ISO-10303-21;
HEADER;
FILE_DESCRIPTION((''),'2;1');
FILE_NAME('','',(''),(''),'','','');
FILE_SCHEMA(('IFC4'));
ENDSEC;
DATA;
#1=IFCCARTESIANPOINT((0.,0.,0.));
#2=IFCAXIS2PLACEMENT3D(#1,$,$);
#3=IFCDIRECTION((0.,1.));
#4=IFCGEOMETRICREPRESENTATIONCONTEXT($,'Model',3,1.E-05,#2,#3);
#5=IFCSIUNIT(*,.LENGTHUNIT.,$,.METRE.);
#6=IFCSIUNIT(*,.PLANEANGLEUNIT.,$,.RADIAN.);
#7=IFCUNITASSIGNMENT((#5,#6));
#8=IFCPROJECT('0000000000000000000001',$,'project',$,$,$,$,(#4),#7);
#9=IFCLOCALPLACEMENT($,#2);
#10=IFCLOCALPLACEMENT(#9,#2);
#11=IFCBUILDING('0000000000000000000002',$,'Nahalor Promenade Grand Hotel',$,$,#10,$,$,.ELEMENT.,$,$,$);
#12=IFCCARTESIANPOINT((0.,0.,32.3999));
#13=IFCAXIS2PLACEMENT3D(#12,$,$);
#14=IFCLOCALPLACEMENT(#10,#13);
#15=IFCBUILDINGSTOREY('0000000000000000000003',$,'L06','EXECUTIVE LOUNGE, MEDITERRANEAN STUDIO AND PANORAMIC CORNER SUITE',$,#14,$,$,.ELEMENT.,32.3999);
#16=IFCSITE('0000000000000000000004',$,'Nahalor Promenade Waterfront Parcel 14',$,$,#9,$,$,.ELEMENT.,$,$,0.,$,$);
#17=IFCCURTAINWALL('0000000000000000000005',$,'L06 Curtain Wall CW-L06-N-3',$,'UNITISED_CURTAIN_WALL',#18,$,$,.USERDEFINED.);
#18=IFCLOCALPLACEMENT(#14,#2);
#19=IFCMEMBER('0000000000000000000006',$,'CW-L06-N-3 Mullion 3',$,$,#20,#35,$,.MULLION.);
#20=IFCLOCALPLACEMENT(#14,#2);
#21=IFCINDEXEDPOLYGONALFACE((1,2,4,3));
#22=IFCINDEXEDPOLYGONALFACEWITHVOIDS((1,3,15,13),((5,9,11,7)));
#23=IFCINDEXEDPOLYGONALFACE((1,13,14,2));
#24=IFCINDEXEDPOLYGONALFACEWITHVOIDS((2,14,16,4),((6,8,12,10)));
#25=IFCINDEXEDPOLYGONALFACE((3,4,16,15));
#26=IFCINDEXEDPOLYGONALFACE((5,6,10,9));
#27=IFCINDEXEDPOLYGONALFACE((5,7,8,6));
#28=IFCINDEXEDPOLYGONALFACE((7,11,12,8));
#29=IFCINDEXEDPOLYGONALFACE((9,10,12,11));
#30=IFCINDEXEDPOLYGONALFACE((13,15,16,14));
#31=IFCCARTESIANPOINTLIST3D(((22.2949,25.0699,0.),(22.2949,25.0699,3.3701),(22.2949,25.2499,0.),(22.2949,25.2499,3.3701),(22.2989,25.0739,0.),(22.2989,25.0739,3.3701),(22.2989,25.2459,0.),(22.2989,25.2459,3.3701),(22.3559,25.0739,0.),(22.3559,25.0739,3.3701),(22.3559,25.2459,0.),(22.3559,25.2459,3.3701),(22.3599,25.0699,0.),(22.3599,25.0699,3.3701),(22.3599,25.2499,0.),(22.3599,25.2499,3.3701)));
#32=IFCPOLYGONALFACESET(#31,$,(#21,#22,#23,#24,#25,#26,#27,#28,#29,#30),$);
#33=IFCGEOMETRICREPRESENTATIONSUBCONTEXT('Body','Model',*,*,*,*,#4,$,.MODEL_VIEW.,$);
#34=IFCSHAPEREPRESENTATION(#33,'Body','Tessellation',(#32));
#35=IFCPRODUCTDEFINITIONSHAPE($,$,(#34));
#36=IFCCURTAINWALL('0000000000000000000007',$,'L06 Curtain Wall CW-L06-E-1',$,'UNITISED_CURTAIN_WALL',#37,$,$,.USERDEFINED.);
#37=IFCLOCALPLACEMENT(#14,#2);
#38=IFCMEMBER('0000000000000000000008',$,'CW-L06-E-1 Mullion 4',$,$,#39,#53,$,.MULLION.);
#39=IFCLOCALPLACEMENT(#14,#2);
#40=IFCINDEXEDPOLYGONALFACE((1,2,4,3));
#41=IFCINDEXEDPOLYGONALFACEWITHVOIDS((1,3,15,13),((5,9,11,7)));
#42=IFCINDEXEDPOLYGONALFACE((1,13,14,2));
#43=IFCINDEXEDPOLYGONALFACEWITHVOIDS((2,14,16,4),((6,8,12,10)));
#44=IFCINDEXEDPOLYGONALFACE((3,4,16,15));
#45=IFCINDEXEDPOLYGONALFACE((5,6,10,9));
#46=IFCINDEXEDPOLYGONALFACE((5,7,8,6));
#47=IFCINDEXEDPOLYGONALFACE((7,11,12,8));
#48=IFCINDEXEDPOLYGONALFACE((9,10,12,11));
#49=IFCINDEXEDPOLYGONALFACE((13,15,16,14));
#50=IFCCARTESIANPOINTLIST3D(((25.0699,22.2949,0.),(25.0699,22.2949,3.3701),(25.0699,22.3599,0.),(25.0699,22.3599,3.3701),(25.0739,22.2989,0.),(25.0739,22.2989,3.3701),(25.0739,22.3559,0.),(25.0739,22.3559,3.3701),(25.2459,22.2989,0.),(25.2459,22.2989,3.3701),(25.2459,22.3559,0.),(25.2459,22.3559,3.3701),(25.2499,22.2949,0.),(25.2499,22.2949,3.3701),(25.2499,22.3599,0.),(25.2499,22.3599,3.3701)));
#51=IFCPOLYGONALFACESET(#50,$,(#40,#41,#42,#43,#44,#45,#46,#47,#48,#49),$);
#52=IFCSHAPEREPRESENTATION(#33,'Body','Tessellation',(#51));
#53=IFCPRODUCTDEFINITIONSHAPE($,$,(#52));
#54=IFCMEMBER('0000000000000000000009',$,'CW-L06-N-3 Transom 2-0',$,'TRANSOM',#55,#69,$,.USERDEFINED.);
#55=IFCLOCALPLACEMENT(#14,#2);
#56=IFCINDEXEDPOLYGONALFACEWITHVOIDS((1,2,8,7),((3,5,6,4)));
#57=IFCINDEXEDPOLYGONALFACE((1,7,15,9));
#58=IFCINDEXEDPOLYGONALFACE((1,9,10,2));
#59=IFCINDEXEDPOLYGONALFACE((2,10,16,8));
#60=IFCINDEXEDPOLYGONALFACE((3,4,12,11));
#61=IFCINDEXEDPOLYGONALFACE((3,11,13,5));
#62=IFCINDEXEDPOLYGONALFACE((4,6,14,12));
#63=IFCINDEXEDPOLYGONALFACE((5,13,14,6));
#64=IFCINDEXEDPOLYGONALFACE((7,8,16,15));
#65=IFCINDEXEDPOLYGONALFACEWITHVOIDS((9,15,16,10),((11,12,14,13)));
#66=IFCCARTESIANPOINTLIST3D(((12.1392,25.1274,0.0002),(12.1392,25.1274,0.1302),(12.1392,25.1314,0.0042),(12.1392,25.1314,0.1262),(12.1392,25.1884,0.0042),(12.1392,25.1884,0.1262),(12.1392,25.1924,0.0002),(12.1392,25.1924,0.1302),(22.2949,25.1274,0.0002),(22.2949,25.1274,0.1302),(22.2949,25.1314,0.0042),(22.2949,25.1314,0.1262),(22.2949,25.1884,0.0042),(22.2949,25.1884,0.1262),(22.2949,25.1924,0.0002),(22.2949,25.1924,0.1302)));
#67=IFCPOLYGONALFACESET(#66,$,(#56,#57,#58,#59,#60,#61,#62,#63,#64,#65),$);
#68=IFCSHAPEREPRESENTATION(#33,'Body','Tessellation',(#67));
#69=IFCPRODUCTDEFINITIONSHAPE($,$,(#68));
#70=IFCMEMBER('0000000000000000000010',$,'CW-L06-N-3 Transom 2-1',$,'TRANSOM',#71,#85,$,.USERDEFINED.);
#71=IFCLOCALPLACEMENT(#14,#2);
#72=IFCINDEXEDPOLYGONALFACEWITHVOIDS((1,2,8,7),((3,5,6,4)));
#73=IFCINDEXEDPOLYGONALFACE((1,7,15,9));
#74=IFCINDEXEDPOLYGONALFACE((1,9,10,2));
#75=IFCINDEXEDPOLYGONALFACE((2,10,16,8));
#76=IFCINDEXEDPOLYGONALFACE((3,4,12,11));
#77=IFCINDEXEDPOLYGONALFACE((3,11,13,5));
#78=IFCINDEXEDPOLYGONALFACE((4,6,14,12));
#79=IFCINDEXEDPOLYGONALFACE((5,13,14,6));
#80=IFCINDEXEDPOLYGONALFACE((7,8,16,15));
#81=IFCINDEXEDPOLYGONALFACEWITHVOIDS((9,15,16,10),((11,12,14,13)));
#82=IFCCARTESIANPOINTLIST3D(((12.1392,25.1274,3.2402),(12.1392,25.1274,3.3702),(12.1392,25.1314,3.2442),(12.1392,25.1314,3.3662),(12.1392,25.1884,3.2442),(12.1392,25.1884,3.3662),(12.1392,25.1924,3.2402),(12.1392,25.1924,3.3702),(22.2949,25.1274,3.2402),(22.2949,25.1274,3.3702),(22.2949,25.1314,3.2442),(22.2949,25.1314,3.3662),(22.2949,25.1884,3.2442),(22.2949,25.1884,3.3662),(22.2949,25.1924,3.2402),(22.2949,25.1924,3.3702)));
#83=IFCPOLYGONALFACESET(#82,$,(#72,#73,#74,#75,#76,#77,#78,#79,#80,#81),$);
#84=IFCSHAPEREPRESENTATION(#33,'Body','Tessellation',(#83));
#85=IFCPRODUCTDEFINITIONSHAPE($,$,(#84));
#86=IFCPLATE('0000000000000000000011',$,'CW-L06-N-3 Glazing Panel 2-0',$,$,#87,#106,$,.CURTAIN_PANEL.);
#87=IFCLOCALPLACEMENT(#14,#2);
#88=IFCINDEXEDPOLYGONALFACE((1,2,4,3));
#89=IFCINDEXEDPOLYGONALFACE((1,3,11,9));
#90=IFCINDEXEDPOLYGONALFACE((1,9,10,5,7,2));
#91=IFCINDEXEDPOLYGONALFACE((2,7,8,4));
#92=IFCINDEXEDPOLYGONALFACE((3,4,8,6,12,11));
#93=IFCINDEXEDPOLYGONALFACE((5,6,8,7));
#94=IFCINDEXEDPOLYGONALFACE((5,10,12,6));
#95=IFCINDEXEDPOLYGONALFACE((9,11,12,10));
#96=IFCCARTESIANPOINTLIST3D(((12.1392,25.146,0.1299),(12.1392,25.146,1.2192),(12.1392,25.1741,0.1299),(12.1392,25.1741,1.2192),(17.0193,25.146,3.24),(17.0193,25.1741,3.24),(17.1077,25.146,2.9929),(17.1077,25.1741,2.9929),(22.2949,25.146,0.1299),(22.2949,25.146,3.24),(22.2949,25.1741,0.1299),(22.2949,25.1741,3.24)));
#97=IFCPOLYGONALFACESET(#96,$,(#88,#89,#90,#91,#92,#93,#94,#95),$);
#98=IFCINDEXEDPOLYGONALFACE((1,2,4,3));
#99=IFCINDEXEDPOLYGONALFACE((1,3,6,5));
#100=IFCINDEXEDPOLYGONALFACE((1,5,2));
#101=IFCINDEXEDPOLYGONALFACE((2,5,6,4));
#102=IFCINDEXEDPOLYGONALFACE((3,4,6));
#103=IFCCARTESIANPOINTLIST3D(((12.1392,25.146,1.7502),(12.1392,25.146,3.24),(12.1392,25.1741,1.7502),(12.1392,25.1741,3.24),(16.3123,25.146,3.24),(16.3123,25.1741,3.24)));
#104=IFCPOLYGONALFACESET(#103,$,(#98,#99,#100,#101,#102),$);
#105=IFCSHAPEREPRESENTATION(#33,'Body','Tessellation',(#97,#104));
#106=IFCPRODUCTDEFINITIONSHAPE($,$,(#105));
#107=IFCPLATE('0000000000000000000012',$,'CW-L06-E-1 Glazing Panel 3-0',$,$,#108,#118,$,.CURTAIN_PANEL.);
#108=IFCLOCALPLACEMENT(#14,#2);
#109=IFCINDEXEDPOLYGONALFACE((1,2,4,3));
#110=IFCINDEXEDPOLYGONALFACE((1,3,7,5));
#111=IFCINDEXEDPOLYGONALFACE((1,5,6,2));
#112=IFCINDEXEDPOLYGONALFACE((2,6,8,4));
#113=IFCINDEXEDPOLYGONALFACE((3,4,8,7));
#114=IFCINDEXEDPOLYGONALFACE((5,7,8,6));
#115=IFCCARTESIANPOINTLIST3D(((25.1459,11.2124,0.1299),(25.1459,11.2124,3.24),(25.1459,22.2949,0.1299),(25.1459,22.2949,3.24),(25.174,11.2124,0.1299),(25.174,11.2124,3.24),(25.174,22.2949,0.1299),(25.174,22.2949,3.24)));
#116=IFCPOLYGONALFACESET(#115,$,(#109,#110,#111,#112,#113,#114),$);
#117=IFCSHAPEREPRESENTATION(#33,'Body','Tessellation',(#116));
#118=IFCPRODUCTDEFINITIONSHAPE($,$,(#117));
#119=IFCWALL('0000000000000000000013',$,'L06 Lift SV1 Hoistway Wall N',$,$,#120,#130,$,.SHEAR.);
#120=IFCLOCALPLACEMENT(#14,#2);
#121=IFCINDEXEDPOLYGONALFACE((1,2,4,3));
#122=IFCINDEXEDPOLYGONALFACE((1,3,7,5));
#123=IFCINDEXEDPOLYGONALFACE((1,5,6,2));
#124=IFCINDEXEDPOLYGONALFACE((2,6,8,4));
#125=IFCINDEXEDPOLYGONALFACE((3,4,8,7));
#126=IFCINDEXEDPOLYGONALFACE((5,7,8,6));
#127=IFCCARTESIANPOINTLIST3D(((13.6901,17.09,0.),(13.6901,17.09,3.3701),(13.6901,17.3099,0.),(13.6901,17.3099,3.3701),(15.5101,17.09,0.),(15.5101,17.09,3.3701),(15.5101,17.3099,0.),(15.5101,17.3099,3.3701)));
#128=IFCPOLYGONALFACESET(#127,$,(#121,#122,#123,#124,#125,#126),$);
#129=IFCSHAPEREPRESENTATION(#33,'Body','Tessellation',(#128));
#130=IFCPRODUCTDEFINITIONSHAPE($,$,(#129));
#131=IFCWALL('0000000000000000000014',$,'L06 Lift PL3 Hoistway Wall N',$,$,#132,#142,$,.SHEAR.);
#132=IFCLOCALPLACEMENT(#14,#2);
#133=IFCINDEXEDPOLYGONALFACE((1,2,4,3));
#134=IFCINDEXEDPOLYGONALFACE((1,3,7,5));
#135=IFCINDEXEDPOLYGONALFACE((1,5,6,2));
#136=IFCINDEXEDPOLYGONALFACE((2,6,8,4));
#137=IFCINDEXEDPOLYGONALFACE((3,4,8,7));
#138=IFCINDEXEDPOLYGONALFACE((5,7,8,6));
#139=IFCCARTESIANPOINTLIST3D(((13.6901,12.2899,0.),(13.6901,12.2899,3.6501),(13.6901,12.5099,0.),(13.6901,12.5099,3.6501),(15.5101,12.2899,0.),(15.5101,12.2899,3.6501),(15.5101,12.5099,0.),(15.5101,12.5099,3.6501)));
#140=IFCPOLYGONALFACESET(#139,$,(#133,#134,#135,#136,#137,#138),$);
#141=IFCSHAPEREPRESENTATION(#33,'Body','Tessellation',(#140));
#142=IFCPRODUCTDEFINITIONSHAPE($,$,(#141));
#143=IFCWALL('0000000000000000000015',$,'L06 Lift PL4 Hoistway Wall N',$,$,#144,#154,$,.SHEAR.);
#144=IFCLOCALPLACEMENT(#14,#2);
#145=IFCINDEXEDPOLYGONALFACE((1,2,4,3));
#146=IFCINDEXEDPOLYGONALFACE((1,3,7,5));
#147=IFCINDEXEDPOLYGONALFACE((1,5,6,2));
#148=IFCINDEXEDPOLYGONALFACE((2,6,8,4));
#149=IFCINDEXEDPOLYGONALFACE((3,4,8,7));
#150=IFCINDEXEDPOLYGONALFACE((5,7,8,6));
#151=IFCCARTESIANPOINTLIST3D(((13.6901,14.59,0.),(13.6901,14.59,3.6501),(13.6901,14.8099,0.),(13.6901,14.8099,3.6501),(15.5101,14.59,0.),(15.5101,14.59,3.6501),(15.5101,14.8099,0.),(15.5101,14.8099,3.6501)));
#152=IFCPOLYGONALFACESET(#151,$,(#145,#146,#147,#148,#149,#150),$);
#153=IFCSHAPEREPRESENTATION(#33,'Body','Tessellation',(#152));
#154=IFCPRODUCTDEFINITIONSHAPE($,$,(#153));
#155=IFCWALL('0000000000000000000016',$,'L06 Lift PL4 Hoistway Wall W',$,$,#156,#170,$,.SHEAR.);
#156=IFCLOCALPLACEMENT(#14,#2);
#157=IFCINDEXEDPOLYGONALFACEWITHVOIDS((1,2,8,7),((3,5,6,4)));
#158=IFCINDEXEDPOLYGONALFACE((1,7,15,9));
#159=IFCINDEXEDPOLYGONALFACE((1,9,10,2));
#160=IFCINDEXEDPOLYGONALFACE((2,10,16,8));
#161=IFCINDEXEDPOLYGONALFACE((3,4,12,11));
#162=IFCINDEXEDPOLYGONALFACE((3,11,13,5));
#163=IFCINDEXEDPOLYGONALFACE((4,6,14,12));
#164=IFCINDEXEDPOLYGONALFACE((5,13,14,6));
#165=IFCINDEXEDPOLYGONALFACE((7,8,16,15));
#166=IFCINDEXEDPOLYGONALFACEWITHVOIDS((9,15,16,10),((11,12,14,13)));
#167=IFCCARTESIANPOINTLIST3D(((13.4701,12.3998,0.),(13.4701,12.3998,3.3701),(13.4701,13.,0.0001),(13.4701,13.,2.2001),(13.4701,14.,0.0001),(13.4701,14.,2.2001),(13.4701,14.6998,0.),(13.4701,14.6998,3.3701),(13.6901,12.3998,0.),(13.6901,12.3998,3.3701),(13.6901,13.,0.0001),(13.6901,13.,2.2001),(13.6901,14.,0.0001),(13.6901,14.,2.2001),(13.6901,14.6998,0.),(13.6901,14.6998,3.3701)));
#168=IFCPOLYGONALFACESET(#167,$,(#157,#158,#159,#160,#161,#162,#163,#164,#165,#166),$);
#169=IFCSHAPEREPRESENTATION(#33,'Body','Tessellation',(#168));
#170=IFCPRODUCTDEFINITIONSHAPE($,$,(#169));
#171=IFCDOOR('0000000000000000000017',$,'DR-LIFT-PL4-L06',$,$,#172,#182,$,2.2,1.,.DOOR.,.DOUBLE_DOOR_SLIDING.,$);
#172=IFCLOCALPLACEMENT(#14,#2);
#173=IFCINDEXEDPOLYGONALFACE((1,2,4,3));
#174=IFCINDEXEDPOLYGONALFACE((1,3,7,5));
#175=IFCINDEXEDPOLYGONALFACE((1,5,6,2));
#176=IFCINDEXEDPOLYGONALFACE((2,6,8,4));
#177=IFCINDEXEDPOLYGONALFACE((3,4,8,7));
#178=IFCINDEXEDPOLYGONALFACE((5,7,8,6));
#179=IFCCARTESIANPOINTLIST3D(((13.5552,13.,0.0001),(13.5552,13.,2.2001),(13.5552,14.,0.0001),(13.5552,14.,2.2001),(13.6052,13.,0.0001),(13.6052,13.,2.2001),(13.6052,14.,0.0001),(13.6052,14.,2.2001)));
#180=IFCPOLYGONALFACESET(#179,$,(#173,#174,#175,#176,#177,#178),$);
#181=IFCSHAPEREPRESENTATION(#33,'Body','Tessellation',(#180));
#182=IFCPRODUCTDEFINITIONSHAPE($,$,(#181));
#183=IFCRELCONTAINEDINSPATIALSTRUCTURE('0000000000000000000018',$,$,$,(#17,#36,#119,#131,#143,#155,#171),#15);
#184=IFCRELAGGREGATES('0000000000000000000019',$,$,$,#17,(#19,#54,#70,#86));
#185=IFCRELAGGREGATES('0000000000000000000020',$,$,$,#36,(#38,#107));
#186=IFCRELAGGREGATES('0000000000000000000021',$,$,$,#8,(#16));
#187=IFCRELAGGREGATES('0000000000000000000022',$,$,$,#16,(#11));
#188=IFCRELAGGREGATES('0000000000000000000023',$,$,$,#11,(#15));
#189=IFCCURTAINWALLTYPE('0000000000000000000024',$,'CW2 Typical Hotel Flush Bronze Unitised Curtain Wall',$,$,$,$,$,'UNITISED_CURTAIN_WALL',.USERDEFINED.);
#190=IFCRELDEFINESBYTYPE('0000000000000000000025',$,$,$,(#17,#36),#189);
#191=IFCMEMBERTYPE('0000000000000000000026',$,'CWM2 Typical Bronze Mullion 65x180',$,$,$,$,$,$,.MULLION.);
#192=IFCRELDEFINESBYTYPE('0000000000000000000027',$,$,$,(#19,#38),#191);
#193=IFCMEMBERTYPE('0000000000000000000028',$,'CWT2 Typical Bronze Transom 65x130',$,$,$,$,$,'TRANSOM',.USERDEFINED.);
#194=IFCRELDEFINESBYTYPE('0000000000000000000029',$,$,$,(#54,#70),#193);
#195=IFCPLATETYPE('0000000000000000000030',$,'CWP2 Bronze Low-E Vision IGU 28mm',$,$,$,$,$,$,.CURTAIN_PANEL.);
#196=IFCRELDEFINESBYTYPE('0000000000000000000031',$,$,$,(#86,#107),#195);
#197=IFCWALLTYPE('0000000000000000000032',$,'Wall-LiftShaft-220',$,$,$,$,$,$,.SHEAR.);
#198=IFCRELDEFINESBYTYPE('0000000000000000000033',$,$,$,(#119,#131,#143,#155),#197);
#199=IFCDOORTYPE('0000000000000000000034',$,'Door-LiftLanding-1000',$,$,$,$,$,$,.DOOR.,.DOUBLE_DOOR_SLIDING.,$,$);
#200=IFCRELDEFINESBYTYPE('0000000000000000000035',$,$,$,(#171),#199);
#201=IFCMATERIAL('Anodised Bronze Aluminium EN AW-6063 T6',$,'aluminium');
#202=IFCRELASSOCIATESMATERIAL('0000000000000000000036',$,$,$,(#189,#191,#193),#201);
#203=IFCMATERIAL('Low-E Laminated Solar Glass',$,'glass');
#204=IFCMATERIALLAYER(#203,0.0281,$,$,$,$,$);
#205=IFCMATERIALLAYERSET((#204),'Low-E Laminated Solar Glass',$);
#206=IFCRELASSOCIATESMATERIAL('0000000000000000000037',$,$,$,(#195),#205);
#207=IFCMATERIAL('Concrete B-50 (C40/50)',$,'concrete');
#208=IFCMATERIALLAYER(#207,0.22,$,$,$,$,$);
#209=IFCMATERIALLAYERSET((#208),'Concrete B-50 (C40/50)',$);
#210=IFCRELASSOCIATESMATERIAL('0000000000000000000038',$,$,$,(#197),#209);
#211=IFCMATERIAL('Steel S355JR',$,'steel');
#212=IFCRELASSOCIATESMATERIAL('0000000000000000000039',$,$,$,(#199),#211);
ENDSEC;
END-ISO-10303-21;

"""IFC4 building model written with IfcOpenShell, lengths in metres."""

from ifc_helpers import new_model, si_unit, direction, frame, frame_2d, origin, origin_2d, place, context, subcontext, project, spatial, polyline, rectangle, hollow_rectangle, outline, extrude, source, transform, mapped, material, layer, layer_set, material_profile, profile_set, type_object, element, fill, aggregate, save


model = new_model("IFC4")

# Units and contexts
model_context = context("Model", 3, precision=1e-05, world=origin(), true_north=direction((0.0, 1.0)))
body_context = subcontext(model_context, "Body", "Model", "MODEL_VIEW")
ifc_project = project(units=[si_unit("LENGTHUNIT", "METRE"), si_unit("PLANEANGLEUNIT", "RADIAN")], contexts=[model_context])

# Site, building, storey
site_placement = place(None, origin())
site = spatial("IfcSite", under=ifc_project, at=site_placement, Name="Nahalor Promenade Waterfront Parcel 14", CompositionType="ELEMENT", RefElevation=0.0)
building_placement = place(site_placement, origin())
building = spatial("IfcBuilding", under=site, at=building_placement, Name="Nahalor Promenade Grand Hotel", CompositionType="ELEMENT")
storey_placement = place(building_placement, frame((0.0, 0.0, 32.3999)))
storey = spatial("IfcBuildingStorey", under=building, at=storey_placement, Name="L06", Description="EXECUTIVE LOUNGE, MEDITERRANEAN STUDIO AND PANORAMIC CORNER SUITE", CompositionType="ELEMENT", Elevation=32.3999)

# Shared definitions
ifc_material_1 = material(Name="Steel S355JR", Category="steel")

# Curtain wall, member
ifc_material_2 = material(Name="Anodised Bronze Aluminium EN AW-6063 T6", Category="aluminium")
curtain_wall_type = type_object("IfcCurtainWallType", Name="CW2 Typical Hotel Flush Bronze Unitised Curtain Wall", ElementType="UNITISED_CURTAIN_WALL", PredefinedType="USERDEFINED", material=ifc_material_2)
curtain_wall_1_placement = place(storey_placement, origin())
curtain_wall_1 = element("IfcCurtainWall", 1, at=curtain_wall_1_placement, inside=storey, type_object=curtain_wall_type, Name="L06 Curtain Wall CW-L06-N-3", ObjectType="UNITISED_CURTAIN_WALL", PredefinedType="USERDEFINED")
ifc_material_profile_1 = material_profile(ifc_material_2, hollow_rectangle(XDim=0.065, YDim=0.18, WallThickness=0.004, at=origin_2d()), Name="CWM 65x180x4")
ifc_profile_set_1 = profile_set([ifc_material_profile_1], Name="Anodised Bronze Aluminium EN AW-6063 T6")
member_type_1 = type_object("IfcMemberType", Name="CWM2 Typical Bronze Mullion 65x180", PredefinedType="MULLION", material=ifc_profile_set_1)
shared_shape_1 = source(origin(), body_context, "Body", "SweptSolid", [
    extrude(hollow_rectangle(XDim=0.065, YDim=0.18, WallThickness=0.004, at=origin_2d()), origin(), (0.0, 0.0, 1.0), 3.3701),
])
member_1_placement = place(storey_placement, frame((22.3274, 25.1599, 0.0), z_axis=(0.0, 0.0, 1.0), x_axis=(1.0, 0.0, 0.0)))
member_1 = element("IfcMember", 2, at=member_1_placement, type_object=member_type_1, Name="CW-L06-N-3 Mullion 3", PredefinedType="MULLION", context=body_context, shape_type="MappedRepresentation", body=[
    mapped(shared_shape_1, transform((0.0, 0.0, 0.0), scale=1.0)),
])

# Curtain wall, member
curtain_wall_2_placement = place(storey_placement, origin())
curtain_wall_2 = element("IfcCurtainWall", 3, at=curtain_wall_2_placement, inside=storey, type_object=curtain_wall_type, Name="L06 Curtain Wall CW-L06-E-1", ObjectType="UNITISED_CURTAIN_WALL", PredefinedType="USERDEFINED")
member_2_placement = place(storey_placement, frame((25.1599, 22.3274, 0.0), z_axis=(0.0, 0.0, 1.0), x_axis=(0.0, 1.0, 0.0)))
member_2 = element("IfcMember", 4, at=member_2_placement, type_object=member_type_1, Name="CW-L06-E-1 Mullion 4", PredefinedType="MULLION", context=body_context, shape_type="MappedRepresentation", body=[
    mapped(shared_shape_1, transform((0.0, 0.0, 0.0), scale=1.0)),
])

# Members
ifc_material_profile_2 = material_profile(ifc_material_2, hollow_rectangle(XDim=0.065, YDim=0.13, WallThickness=0.004, at=origin_2d()), Name="CWT 65x130x4")
ifc_profile_set_2 = profile_set([ifc_material_profile_2], Name="Anodised Bronze Aluminium EN AW-6063 T6")
member_type_2 = type_object("IfcMemberType", Name="CWT2 Typical Bronze Transom 65x130", ElementType="TRANSOM", PredefinedType="USERDEFINED", material=ifc_profile_set_2)
shared_shape_2 = source(origin(), body_context, "Body", "SweptSolid", [
    extrude(hollow_rectangle(XDim=0.065, YDim=0.13, WallThickness=0.004, at=origin_2d()), origin(), (0.0, 0.0, 1.0), 10.1558),
])
member_3_placement = place(storey_placement, frame((12.1392, 25.1599, 0.0652), z_axis=(1.0, 0.0, 0.0), x_axis=(0.0, 1.0, 0.0)))
member_3 = element("IfcMember", 5, at=member_3_placement, type_object=member_type_2, Name="CW-L06-N-3 Transom 2-0", ObjectType="TRANSOM", PredefinedType="USERDEFINED", context=body_context, shape_type="MappedRepresentation", body=[
    mapped(shared_shape_2, transform((0.0, 0.0, 0.0), scale=1.0)),
])
member_4_placement = place(storey_placement, frame((12.1392, 25.1599, 3.3052), z_axis=(1.0, 0.0, 0.0), x_axis=(0.0, 1.0, 0.0)))
member_4 = element("IfcMember", 6, at=member_4_placement, type_object=member_type_2, Name="CW-L06-N-3 Transom 2-1", ObjectType="TRANSOM", PredefinedType="USERDEFINED", context=body_context, shape_type="MappedRepresentation", body=[
    mapped(shared_shape_2, transform((0.0, 0.0, 0.0), scale=1.0)),
])

# Plates
ifc_material_3 = material(Name="Low-E Laminated Solar Glass", Category="glass")
ifc_layer_1 = layer(ifc_material_3, 0.0281)
ifc_layer_set_1 = layer_set([ifc_layer_1], Name="Low-E Laminated Solar Glass")
plate_type = type_object("IfcPlateType", Name="CWP2 Bronze Low-E Vision IGU 28mm", PredefinedType="CURTAIN_PANEL", material=ifc_layer_set_1)
plate_1_placement = place(storey_placement, frame((17.217, 25.1599, 0.1299), z_axis=(0.0, 0.0, 1.0), x_axis=(1.0, 0.0, 0.0)))
plate_1 = element("IfcPlate", 7, at=plate_1_placement, type_object=plate_type, Name="CW-L06-N-3 Glazing Panel 2-0", PredefinedType="CURTAIN_PANEL", context=body_context, shape_type="SweptSolid", body=[
    extrude(outline(polyline([(5.0779, 0.0), (5.0779, 3.1101), (-0.1978, 3.1101), (-0.1094, 2.863), (-5.0779, 1.0894), (-5.0779, 0.0), (5.0779, 0.0)])), frame((0.0, 0.0142, 0.0), z_axis=(0.0, -1.0, 0.0), x_axis=(1.0, 0.0, 0.0)), (0.0, 0.0, 1.0), 0.0281),
    extrude(outline(polyline([(-0.9048, 3.1101), (-5.0779, 3.1101), (-5.0779, 1.6204), (-0.9048, 3.1101)])), frame((0.0, 0.0142, 0.0), z_axis=(0.0, -1.0, 0.0), x_axis=(1.0, 0.0, 0.0)), (0.0, 0.0, 1.0), 0.0281),
])
aggregate(curtain_wall_1, [member_1, member_3, member_4, plate_1])
shared_shape_3 = source(origin(), body_context, "Body", "SweptSolid", [
    extrude(rectangle(XDim=11.0825, YDim=0.0281, at=origin_2d()), origin(), (0.0, 0.0, 1.0), 3.1101),
])
plate_2_placement = place(storey_placement, frame((25.1599, 16.7537, 0.1299), z_axis=(0.0, 0.0, 1.0), x_axis=(0.0, 1.0, 0.0)))
plate_2 = element("IfcPlate", 8, at=plate_2_placement, type_object=plate_type, Name="CW-L06-E-1 Glazing Panel 3-0", PredefinedType="CURTAIN_PANEL", context=body_context, shape_type="MappedRepresentation", body=[
    mapped(shared_shape_3, transform((0.0, 0.0, 0.0), scale=1.0)),
])
aggregate(curtain_wall_2, [member_2, plate_2])

# Walls
ifc_material_4 = material(Name="Concrete B-50 (C40/50)", Category="concrete")
ifc_layer_2 = layer(ifc_material_4, 0.22)
ifc_layer_set_2 = layer_set([ifc_layer_2], Name="Concrete B-50 (C40/50)")
wall_type_1 = type_object("IfcWallType", Name="Wall-LiftShaft-220", PredefinedType="SHEAR", material=ifc_layer_set_2)
shared_shape_4 = source(origin(), body_context, "Body", "SweptSolid", [
    extrude(rectangle(XDim=1.8201, YDim=0.22, at=frame_2d((0.9102, 0.0))), origin(), (0.0, 0.0, 1.0), 3.3701),
])
wall_1_placement = place(storey_placement, frame((13.6899, 17.2, 0.0), z_axis=(0.0, 0.0, 1.0), x_axis=(1.0, 0.0, 0.0)))
element("IfcWall", 9, at=wall_1_placement, inside=storey, type_object=wall_type_1, Name="L06 Lift SV1 Hoistway Wall N", PredefinedType="SHEAR", context=body_context, shape_type="MappedRepresentation", body=[
    mapped(shared_shape_4, transform((0.0, 0.0, 0.0), scale=1.0)),
])
shared_shape_5 = source(origin(), body_context, "Body", "SweptSolid", [
    extrude(rectangle(XDim=1.8201, YDim=0.22, at=frame_2d((0.9102, 0.0))), origin(), (0.0, 0.0, 1.0), 3.6501),
])
for number, where, z_axis, x_axis, name in (
    (10, (13.6899, 12.3999, 0.0), (0.0, 0.0, 1.0), (1.0, 0.0, 0.0), "L06 Lift PL3 Hoistway Wall N"),
    (11, (13.6899, 14.7, 0.0), (0.0, 0.0, 1.0), (1.0, 0.0, 0.0), "L06 Lift PL4 Hoistway Wall N"),
):
    element("IfcWall", number, at=place(storey_placement, frame(where, z_axis=z_axis, x_axis=x_axis)), inside=storey, type_object=wall_type_1, Name=name, PredefinedType="SHEAR", context=body_context, shape_type="MappedRepresentation", body=[
        mapped(shared_shape_5, transform((0.0, 0.0, 0.0), scale=1.0)),
    ])

# Wall, opening, door
shared_shape_6 = source(origin(), body_context, "Body", "SweptSolid", [
    extrude(rectangle(XDim=2.3, YDim=0.22, at=frame_2d((1.1499, 0.0))), origin(), (0.0, 0.0, 1.0), 3.3701),
])
wall_2_placement = place(storey_placement, frame((13.5801, 12.3999, 0.0), z_axis=(0.0, 0.0, 1.0), x_axis=(0.0, 1.0, 0.0)))
wall_2 = element("IfcWall", 12, at=wall_2_placement, inside=storey, type_object=wall_type_1, Name="L06 Lift PL4 Hoistway Wall W", PredefinedType="SHEAR", context=body_context, shape_type="MappedRepresentation", body=[
    mapped(shared_shape_6, transform((0.0, 0.0, 0.0), scale=1.0)),
])
opening_1_placement = place(wall_2_placement, frame((0.6001, 0.0, 0.0)))
opening_1 = element("IfcOpeningElement", 13, at=opening_1_placement, cuts=wall_2, PredefinedType="OPENING", context=body_context, shape_type="SweptSolid", body=[
    extrude(rectangle(XDim=1.0, YDim=2.2, at=frame_2d((0.5, 1.1001))), frame((0.0, 0.1199, 0.0), z_axis=(0.0, -1.0, 0.0), x_axis=(1.0, 0.0, 0.0)), (0.0, 0.0, 1.0), 0.24),
])
door_type_1 = type_object("IfcDoorType", Name="Door-LiftLanding-1000", OperationType="DOUBLE_DOOR_SLIDING", PredefinedType="DOOR", material=ifc_material_1)
shared_shape_7 = source(origin(), body_context, "Body", "SweptSolid", [
    extrude(rectangle(XDim=1.0, YDim=2.2, at=frame_2d((0.5, 1.1001))), frame((0.0, 0.0249, 0.0), z_axis=(0.0, -1.0, 0.0), x_axis=(1.0, 0.0, 0.0)), (0.0, 0.0, 1.0), 0.05),
])
door_1_placement = place(opening_1_placement, origin())
door_1 = element("IfcDoor", 14, at=door_1_placement, inside=storey, type_object=door_type_1, Name="DR-LIFT-PL4-L06", OperationType="DOUBLE_DOOR_SLIDING", OverallHeight=2.2, OverallWidth=1.0, PredefinedType="DOOR", context=body_context, shape_type="MappedRepresentation", body=[
    mapped(shared_shape_7, transform((0.0, 0.0, 0.0), scale=1.0)),
])
fill(opening_1, door_1)

save(model, "model.ifc")
